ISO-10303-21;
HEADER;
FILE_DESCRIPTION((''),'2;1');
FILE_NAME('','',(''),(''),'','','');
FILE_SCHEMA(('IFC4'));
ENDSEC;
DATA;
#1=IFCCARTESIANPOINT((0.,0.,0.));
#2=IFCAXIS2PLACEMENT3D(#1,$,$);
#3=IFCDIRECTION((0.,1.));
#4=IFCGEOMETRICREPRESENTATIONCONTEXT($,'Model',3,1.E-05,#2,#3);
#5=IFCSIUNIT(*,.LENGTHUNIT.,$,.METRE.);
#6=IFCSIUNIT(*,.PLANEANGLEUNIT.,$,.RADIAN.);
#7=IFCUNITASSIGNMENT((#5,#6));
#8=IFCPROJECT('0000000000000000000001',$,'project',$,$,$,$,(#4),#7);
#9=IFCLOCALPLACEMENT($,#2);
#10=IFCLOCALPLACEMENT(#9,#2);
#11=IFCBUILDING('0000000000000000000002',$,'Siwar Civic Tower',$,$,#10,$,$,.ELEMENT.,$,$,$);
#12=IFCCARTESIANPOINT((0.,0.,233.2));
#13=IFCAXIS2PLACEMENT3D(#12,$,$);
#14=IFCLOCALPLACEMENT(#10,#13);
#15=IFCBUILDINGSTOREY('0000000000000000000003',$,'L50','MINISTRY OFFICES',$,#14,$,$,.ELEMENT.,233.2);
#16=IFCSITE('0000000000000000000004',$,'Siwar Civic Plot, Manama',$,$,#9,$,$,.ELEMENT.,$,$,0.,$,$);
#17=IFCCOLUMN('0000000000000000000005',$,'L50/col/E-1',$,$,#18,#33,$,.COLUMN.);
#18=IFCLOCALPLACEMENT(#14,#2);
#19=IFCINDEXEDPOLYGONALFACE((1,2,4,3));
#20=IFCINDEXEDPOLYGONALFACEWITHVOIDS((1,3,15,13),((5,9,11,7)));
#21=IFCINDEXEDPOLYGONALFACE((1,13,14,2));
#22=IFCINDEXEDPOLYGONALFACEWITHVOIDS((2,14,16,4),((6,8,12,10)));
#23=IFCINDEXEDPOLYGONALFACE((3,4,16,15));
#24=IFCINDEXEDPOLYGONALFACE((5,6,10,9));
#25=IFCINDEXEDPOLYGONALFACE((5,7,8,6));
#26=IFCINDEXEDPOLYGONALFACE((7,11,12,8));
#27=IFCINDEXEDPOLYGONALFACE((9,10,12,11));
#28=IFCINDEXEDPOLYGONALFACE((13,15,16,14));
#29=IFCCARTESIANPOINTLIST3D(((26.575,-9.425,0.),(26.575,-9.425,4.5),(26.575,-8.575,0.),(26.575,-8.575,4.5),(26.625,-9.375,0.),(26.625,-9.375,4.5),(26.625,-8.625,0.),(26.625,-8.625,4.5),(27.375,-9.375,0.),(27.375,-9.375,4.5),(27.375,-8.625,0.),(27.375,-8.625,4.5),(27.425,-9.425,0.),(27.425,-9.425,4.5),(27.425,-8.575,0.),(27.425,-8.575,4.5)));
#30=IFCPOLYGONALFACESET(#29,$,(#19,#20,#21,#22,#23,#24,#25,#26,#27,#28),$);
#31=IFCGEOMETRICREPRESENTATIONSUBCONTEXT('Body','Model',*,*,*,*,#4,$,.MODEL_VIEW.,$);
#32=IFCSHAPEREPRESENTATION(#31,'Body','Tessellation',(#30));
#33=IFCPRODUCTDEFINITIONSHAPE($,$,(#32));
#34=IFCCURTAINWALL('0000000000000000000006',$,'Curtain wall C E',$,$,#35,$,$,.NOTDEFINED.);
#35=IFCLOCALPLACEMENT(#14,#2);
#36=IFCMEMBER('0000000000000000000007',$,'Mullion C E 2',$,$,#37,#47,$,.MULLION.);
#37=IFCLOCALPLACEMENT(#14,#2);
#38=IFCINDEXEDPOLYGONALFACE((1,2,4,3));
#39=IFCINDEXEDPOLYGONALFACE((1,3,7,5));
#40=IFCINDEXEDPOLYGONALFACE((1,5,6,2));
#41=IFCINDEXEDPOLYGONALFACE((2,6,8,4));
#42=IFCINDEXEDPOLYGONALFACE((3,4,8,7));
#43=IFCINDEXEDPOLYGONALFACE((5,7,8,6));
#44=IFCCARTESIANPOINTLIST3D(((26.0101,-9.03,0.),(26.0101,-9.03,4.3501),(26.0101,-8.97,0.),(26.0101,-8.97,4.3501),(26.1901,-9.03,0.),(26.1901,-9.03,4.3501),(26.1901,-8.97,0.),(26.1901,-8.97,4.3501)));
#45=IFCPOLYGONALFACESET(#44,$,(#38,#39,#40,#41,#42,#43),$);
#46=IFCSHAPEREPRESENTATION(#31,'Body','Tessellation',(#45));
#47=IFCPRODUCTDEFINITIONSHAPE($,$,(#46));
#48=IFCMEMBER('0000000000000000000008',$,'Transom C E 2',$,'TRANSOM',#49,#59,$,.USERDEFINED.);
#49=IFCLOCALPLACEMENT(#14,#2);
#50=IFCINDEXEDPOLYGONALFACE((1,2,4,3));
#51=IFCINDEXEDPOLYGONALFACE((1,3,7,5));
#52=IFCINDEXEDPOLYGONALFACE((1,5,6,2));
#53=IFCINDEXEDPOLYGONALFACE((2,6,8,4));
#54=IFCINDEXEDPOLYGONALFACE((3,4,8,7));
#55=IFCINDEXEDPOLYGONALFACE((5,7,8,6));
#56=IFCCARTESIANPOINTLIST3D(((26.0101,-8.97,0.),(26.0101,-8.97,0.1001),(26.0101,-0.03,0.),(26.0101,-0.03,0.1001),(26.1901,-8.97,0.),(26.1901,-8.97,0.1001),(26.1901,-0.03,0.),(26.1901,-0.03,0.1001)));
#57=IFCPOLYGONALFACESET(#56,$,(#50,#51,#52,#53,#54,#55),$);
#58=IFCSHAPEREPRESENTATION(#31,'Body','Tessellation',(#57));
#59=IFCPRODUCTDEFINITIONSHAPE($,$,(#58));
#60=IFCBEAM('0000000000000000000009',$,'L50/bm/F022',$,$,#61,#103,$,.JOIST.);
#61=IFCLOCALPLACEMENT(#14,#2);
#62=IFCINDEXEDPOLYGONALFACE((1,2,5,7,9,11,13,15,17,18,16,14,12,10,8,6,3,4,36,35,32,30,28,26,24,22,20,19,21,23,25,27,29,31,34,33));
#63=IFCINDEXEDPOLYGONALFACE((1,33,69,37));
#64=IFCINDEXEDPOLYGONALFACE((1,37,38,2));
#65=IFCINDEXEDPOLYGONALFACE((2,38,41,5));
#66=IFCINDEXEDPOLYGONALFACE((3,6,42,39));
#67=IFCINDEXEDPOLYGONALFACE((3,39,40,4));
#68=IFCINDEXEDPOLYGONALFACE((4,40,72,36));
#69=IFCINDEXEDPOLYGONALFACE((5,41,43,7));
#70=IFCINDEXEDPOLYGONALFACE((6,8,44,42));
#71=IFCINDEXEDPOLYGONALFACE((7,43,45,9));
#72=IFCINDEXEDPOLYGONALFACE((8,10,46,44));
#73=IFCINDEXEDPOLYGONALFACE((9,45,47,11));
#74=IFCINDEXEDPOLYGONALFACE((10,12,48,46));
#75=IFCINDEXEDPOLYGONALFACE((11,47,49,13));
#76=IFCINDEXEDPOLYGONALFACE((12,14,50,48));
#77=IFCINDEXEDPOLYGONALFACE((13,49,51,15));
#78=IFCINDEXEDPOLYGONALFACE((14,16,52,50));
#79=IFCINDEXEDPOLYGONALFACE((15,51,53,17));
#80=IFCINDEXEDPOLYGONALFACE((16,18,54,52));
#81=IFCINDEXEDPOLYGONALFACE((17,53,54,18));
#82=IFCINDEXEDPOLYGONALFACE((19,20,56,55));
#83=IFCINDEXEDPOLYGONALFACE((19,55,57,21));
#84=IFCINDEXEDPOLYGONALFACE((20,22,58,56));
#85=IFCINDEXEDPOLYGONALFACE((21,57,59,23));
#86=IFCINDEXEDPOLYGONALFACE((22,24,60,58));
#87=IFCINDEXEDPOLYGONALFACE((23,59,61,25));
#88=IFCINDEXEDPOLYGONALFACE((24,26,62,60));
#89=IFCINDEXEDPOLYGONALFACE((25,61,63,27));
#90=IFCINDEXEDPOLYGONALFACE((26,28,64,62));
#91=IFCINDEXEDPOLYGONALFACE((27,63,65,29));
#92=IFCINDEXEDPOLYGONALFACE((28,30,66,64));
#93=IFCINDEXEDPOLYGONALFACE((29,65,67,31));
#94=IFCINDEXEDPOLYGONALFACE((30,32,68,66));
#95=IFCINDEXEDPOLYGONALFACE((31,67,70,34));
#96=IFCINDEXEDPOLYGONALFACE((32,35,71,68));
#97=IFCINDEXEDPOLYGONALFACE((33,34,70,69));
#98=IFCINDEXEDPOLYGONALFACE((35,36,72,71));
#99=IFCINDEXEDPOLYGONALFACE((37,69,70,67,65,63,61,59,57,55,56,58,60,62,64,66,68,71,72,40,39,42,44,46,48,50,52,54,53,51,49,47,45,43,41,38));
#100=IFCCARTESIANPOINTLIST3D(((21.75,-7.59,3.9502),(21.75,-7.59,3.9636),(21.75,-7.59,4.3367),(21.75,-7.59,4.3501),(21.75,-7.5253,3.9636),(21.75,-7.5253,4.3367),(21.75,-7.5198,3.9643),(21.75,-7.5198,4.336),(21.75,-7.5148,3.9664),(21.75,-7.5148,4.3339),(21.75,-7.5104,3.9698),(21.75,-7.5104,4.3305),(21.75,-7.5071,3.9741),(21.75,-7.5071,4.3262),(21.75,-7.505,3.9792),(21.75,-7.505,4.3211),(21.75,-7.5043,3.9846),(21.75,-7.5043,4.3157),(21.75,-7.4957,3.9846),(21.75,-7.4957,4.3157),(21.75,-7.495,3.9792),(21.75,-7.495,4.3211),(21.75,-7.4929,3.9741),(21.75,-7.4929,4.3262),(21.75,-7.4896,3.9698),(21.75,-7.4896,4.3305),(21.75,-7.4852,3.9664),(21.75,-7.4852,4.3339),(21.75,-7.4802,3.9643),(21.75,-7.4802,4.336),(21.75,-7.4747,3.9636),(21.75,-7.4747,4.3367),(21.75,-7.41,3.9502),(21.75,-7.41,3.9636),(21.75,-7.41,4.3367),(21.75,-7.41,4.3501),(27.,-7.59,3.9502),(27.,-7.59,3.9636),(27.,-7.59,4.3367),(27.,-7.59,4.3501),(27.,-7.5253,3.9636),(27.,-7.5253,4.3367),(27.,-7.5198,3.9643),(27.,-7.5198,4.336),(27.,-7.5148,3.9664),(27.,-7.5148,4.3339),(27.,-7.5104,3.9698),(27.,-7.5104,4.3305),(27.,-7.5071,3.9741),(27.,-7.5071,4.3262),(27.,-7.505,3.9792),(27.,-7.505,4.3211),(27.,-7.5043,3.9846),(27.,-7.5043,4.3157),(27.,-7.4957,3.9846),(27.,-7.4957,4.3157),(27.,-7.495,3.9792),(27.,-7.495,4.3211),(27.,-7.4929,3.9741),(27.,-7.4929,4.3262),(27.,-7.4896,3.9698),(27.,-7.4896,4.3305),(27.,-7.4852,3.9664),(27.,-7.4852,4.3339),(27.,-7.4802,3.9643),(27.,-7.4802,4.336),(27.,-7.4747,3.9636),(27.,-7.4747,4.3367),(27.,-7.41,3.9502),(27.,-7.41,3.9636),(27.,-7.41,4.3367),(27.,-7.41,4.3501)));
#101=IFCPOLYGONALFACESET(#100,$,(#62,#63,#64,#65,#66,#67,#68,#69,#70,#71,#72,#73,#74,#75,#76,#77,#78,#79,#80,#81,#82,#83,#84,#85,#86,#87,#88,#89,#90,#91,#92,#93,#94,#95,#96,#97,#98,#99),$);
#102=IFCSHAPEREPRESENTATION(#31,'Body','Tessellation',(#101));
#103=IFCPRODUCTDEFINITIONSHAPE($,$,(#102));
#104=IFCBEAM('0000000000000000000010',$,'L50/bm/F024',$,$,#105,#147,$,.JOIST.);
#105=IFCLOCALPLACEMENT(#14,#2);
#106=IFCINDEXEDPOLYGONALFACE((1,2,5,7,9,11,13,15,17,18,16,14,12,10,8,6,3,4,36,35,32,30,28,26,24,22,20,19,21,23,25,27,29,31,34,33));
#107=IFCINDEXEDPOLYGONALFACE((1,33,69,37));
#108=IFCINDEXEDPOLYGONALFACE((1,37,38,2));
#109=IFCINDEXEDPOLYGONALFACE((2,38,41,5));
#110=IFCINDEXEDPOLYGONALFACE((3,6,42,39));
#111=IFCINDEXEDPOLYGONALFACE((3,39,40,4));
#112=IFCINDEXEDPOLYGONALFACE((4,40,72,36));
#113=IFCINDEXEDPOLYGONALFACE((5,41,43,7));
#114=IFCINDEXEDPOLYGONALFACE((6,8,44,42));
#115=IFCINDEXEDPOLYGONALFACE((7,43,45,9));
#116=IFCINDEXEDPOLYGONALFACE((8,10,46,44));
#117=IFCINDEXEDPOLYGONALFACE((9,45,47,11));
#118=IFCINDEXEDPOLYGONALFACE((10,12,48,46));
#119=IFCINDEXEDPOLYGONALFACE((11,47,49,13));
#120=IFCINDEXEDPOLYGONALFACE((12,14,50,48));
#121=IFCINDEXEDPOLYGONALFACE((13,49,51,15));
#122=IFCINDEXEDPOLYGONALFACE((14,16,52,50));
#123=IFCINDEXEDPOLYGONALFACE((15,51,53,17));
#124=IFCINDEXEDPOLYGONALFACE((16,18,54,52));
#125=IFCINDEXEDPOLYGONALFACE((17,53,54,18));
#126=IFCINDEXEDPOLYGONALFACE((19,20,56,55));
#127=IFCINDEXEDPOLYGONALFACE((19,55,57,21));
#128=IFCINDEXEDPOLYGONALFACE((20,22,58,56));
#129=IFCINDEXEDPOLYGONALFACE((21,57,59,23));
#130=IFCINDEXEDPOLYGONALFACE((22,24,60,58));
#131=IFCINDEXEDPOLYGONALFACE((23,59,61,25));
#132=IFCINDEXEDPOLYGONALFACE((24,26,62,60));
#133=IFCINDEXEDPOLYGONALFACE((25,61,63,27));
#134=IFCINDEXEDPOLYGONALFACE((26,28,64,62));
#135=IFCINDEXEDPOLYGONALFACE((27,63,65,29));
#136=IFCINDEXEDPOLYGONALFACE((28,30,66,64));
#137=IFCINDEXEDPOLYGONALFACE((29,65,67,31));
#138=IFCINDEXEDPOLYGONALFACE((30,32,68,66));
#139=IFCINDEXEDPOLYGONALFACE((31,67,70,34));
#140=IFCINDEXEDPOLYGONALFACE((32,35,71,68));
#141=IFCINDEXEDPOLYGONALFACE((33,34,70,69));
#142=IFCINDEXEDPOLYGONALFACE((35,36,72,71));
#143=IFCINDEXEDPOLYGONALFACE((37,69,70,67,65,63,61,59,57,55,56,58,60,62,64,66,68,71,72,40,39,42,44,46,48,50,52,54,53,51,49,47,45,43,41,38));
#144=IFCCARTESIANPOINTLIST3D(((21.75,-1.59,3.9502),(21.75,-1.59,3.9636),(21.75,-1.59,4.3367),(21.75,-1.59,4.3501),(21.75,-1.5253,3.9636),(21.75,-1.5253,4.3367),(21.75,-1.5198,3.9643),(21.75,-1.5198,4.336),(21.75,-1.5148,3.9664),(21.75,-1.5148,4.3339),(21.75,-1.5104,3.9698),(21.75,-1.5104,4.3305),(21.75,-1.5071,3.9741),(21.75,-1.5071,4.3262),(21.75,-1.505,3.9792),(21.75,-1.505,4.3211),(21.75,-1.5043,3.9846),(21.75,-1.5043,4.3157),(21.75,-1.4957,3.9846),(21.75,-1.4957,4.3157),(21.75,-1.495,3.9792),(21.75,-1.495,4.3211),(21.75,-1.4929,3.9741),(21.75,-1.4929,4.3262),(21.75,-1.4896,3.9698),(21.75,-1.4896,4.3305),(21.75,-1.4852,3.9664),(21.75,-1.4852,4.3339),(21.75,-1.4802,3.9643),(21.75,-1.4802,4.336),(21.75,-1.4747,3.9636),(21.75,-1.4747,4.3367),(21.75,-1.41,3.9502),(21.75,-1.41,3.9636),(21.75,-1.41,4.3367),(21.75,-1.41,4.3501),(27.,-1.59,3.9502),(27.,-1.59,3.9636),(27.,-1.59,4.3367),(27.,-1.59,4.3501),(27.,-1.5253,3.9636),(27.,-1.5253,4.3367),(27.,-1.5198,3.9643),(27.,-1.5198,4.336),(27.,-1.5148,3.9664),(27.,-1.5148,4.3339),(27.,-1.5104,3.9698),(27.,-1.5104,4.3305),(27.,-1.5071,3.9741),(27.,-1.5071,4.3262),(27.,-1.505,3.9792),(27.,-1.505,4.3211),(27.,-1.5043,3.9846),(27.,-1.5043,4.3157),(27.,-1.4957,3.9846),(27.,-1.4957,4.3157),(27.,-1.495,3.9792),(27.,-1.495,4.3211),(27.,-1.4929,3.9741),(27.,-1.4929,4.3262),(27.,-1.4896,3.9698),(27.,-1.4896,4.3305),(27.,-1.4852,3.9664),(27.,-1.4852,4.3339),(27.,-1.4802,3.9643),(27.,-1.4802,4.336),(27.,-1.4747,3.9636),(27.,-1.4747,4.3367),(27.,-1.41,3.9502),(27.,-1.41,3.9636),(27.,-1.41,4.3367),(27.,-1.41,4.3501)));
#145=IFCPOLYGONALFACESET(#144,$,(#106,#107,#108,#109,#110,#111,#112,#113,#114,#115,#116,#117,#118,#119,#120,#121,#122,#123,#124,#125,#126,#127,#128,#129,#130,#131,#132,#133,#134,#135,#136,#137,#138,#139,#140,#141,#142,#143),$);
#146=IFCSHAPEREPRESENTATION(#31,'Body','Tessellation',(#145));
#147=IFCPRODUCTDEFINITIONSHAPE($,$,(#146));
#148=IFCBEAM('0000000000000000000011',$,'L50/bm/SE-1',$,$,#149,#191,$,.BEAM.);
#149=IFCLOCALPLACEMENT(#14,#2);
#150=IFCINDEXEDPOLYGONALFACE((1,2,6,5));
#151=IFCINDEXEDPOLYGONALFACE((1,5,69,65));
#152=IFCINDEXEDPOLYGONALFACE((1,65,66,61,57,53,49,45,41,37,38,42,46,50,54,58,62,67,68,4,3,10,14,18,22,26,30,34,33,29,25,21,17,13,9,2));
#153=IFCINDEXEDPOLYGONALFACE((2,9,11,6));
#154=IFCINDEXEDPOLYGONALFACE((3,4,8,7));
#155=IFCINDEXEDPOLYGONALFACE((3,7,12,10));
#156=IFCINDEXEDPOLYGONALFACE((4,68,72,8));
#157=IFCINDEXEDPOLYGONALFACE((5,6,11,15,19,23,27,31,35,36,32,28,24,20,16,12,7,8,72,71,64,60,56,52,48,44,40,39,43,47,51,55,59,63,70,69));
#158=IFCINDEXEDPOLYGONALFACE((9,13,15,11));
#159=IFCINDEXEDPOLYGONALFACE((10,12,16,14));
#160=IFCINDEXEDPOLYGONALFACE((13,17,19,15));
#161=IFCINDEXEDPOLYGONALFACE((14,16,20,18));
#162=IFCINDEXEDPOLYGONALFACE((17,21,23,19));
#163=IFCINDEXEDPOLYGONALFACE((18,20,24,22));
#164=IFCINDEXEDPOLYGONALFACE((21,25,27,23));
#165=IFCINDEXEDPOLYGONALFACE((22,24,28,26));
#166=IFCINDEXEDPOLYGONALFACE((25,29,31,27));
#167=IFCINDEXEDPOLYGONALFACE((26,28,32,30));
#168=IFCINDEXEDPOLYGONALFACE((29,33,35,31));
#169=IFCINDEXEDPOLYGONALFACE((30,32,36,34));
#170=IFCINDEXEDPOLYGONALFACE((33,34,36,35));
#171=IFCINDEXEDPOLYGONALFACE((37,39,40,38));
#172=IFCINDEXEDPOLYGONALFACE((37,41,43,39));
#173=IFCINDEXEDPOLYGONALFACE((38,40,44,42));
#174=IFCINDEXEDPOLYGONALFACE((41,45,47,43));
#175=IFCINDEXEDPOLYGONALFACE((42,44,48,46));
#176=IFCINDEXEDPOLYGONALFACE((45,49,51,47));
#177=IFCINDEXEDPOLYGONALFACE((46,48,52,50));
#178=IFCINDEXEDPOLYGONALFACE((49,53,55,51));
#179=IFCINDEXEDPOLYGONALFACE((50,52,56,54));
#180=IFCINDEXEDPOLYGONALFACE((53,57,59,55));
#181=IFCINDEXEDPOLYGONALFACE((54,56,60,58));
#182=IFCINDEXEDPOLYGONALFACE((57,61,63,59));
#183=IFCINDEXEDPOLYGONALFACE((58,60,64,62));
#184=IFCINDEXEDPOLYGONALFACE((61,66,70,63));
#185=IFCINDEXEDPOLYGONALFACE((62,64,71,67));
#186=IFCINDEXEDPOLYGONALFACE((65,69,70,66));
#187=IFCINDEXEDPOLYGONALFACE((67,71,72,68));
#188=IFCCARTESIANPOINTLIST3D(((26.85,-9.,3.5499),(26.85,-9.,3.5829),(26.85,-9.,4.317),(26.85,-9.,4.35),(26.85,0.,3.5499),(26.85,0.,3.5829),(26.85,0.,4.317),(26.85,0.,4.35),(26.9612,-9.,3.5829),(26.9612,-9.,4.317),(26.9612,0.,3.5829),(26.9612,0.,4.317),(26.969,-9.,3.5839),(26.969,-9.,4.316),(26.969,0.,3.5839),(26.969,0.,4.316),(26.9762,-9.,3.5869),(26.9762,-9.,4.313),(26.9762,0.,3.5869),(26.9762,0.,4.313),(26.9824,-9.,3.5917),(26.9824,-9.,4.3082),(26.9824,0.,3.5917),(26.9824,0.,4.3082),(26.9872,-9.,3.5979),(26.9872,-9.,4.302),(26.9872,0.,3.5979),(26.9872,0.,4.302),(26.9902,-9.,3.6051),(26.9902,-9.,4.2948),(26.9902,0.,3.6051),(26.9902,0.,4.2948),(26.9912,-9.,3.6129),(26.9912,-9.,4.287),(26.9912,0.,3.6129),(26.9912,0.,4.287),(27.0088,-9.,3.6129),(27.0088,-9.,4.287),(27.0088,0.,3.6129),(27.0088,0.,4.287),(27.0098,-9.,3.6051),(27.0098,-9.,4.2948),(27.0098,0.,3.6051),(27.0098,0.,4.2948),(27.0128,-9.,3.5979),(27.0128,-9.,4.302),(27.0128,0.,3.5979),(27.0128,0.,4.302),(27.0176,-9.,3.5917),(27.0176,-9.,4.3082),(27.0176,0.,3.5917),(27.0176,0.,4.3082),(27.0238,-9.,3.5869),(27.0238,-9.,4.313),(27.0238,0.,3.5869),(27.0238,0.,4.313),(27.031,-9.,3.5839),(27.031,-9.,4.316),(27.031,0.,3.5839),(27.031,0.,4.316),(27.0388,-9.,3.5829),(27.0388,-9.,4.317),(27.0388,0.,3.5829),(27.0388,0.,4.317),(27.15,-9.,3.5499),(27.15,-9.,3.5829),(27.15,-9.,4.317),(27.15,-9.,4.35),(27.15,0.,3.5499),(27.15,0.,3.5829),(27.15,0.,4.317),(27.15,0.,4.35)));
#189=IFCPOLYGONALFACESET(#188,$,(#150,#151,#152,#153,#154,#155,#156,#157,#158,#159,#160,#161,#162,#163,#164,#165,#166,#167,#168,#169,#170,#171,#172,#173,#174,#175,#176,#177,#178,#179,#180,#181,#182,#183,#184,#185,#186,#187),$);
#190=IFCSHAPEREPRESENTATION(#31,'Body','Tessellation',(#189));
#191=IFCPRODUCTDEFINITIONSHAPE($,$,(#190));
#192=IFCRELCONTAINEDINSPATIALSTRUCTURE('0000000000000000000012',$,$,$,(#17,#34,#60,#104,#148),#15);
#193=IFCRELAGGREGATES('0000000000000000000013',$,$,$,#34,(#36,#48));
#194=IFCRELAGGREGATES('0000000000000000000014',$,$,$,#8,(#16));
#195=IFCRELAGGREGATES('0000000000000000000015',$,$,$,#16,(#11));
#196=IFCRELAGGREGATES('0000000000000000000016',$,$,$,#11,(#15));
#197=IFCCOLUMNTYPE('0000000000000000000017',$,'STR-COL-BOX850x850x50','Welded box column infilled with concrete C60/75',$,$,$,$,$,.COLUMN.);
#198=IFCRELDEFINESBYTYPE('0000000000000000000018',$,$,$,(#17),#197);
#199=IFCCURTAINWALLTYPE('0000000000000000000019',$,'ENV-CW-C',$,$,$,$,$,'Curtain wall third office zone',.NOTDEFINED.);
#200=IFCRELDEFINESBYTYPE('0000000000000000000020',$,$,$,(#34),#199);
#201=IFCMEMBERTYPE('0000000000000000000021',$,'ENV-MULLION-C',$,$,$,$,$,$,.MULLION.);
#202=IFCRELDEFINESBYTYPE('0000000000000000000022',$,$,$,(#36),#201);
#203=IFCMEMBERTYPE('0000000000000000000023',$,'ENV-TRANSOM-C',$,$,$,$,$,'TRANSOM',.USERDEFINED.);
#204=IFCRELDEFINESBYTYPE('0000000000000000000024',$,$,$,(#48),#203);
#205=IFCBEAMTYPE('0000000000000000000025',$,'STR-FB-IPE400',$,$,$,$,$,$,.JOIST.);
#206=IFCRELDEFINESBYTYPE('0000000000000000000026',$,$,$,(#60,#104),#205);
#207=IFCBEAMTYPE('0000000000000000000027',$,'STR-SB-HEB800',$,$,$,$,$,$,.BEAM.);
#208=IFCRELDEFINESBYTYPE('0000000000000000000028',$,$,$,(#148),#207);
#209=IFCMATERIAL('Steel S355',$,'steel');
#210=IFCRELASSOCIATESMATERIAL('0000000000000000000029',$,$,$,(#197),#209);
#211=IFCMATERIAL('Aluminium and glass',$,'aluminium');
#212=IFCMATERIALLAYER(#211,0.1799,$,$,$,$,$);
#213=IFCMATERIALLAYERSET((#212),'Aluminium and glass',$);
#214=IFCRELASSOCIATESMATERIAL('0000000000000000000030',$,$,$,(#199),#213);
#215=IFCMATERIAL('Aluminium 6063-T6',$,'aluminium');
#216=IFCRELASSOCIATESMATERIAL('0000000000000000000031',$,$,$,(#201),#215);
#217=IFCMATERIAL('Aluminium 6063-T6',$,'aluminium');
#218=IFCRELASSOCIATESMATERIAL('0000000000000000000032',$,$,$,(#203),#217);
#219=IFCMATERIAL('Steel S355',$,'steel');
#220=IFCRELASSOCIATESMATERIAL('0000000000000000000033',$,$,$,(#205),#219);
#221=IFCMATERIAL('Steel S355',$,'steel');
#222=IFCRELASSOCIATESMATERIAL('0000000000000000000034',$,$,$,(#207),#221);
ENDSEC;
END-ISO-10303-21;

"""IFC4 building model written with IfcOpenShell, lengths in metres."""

from ifc_helpers import new_model, si_unit, direction, frame, origin, origin_2d, place, context, subcontext, project, spatial, rectangle, hollow_rectangle, i_section, extrude, material, layer, layer_set, material_profile, profile_set, type_object, element, aggregate, save


model = new_model("IFC4")

# Units and contexts
model_context = context("Model", 3, precision=1e-05, world=origin(), true_north=direction((0.0, 1.0)))
body_context = subcontext(model_context, "Body", "Model", "MODEL_VIEW")
ifc_project = project(units=[si_unit("LENGTHUNIT", "METRE"), si_unit("PLANEANGLEUNIT", "RADIAN")], contexts=[model_context])

# Site, building, storey
site_placement = place(None, origin())
site = spatial("IfcSite", under=ifc_project, at=site_placement, Name="Siwar Civic Plot, Manama", CompositionType="ELEMENT", RefElevation=0.0)
building_placement = place(site_placement, origin())
building = spatial("IfcBuilding", under=site, at=building_placement, Name="Siwar Civic Tower", CompositionType="ELEMENT")
storey_placement = place(building_placement, frame((0.0, 0.0, 233.2)))
storey = spatial("IfcBuildingStorey", under=building, at=storey_placement, Name="L50", Description="MINISTRY OFFICES", CompositionType="ELEMENT", Elevation=233.2)

# Column
ifc_material_1 = material(Name="Steel S355", Category="steel")
ifc_material_profile_1 = material_profile(ifc_material_1, hollow_rectangle(XDim=0.8501, YDim=0.8501, WallThickness=0.05, at=origin_2d()), Name="BOX850x850x50")
ifc_profile_set_1 = profile_set([ifc_material_profile_1], Name="Steel S355")
column_type = type_object("IfcColumnType", Name="STR-COL-BOX850x850x50", Description="Welded box column infilled with concrete C60/75", PredefinedType="COLUMN", material=ifc_profile_set_1)
column_placement = place(storey_placement, frame((27.0, -9.0, 0.0), z_axis=(0.0, 0.0, 1.0), x_axis=(1.0, 0.0, 0.0)))
element("IfcColumn", 1, at=column_placement, inside=storey, type_object=column_type, Name="L50/col/E-1", PredefinedType="COLUMN", context=body_context, shape_type="SweptSolid", body=[
    extrude(hollow_rectangle(XDim=0.8501, YDim=0.8501, WallThickness=0.05, at=origin_2d()), origin(), (0.0, 0.0, 1.0), 4.5),
])

# Curtain wall, members
ifc_material_2 = material(Name="Aluminium and glass", Category="aluminium")
ifc_layer_1 = layer(ifc_material_2, 0.1799)
ifc_layer_set_1 = layer_set([ifc_layer_1], Name="Aluminium and glass")
curtain_wall_type = type_object("IfcCurtainWallType", Name="ENV-CW-C", ElementType="Curtain wall third office zone", PredefinedType="NOTDEFINED", material=ifc_layer_set_1)
curtain_wall_placement = place(storey_placement, origin())
curtain_wall = element("IfcCurtainWall", 2, at=curtain_wall_placement, inside=storey, type_object=curtain_wall_type, Name="Curtain wall C E", PredefinedType="NOTDEFINED")
ifc_material_3 = material(Name="Aluminium 6063-T6", Category="aluminium")
ifc_material_profile_2 = material_profile(ifc_material_3, rectangle(XDim=0.1799, YDim=0.0601, at=origin_2d()), Name="AL 180x60")
ifc_profile_set_2 = profile_set([ifc_material_profile_2], Name="Aluminium 6063-T6")
member_type_1 = type_object("IfcMemberType", Name="ENV-MULLION-C", PredefinedType="MULLION", material=ifc_profile_set_2)
member_1_placement = place(storey_placement, frame((26.1001, -9.0, 0.0), z_axis=(0.0, 0.0, 1.0), x_axis=(-1.0, 0.0, 0.0)))
member_1 = element("IfcMember", 3, at=member_1_placement, type_object=member_type_1, Name="Mullion C E 2", PredefinedType="MULLION", context=body_context, shape_type="SweptSolid", body=[
    extrude(rectangle(XDim=0.1799, YDim=0.0601, at=origin_2d()), origin(), (0.0, 0.0, 1.0), 4.3501),
])
ifc_material_4 = material(Name="Aluminium 6063-T6", Category="aluminium")
ifc_material_profile_3 = material_profile(ifc_material_4, rectangle(XDim=0.1799, YDim=0.1001, at=origin_2d()), Name="AL 180x100")
ifc_profile_set_3 = profile_set([ifc_material_profile_3], Name="Aluminium 6063-T6")
member_type_2 = type_object("IfcMemberType", Name="ENV-TRANSOM-C", ElementType="TRANSOM", PredefinedType="USERDEFINED", material=ifc_profile_set_3)
member_2_placement = place(storey_placement, frame((26.1001, -8.97, 0.05), z_axis=(0.0, 1.0, 0.0), x_axis=(-1.0, 0.0, 0.0)))
member_2 = element("IfcMember", 4, at=member_2_placement, type_object=member_type_2, Name="Transom C E 2", ObjectType="TRANSOM", PredefinedType="USERDEFINED", context=body_context, shape_type="SweptSolid", body=[
    extrude(rectangle(XDim=0.1799, YDim=0.1001, at=origin_2d()), origin(), (0.0, 0.0, 1.0), 8.9399),
])

# Beams
ifc_material_5 = material(Name="Steel S355", Category="steel")
ifc_material_profile_4 = material_profile(ifc_material_5, i_section(OverallWidth=0.1799, OverallDepth=0.3999, WebThickness=0.0085, FlangeThickness=0.0134, FilletRadius=0.021, at=origin_2d()), Name="IPE400")
ifc_profile_set_4 = profile_set([ifc_material_profile_4], Name="Steel S355")
beam_type_1 = type_object("IfcBeamType", Name="STR-FB-IPE400", PredefinedType="JOIST", material=ifc_profile_set_4)
for number, where, z_axis, x_axis, name in (
    (5, (21.75, -7.5, 4.1501), (1.0, 0.0, 0.0), (0.0, 1.0, 0.0), "L50/bm/F022"),
    (6, (21.75, -1.5, 4.1501), (1.0, 0.0, 0.0), (0.0, 1.0, 0.0), "L50/bm/F024"),
):
    element("IfcBeam", number, at=place(storey_placement, frame(where, z_axis=z_axis, x_axis=x_axis)), inside=storey, type_object=beam_type_1, Name=name, PredefinedType="JOIST", context=body_context, shape_type="SweptSolid", body=[
        extrude(i_section(OverallWidth=0.1799, OverallDepth=0.3999, WebThickness=0.0085, FlangeThickness=0.0134, FilletRadius=0.021, at=origin_2d()), origin(), (0.0, 0.0, 1.0), 5.25),
    ])
ifc_material_6 = material(Name="Steel S355", Category="steel")
ifc_material_profile_5 = material_profile(ifc_material_6, i_section(OverallWidth=0.3, OverallDepth=0.8, WebThickness=0.0176, FlangeThickness=0.033, FilletRadius=0.03, at=origin_2d()), Name="HEB800")
ifc_profile_set_5 = profile_set([ifc_material_profile_5], Name="Steel S355")
beam_type_2 = type_object("IfcBeamType", Name="STR-SB-HEB800", PredefinedType="BEAM", material=ifc_profile_set_5)
beam_placement = place(storey_placement, frame((27.0, -9.0, 3.95), z_axis=(0.0, 1.0, 0.0), x_axis=(-1.0, 0.0, 0.0)))
element("IfcBeam", 7, at=beam_placement, inside=storey, type_object=beam_type_2, Name="L50/bm/SE-1", PredefinedType="BEAM", context=body_context, shape_type="SweptSolid", body=[
    extrude(i_section(OverallWidth=0.3, OverallDepth=0.8, WebThickness=0.0176, FlangeThickness=0.033, FilletRadius=0.03, at=origin_2d()), origin(), (0.0, 0.0, 1.0), 9.0),
])

aggregate(curtain_wall, [member_1, member_2])

save(model, "model.ifc")
